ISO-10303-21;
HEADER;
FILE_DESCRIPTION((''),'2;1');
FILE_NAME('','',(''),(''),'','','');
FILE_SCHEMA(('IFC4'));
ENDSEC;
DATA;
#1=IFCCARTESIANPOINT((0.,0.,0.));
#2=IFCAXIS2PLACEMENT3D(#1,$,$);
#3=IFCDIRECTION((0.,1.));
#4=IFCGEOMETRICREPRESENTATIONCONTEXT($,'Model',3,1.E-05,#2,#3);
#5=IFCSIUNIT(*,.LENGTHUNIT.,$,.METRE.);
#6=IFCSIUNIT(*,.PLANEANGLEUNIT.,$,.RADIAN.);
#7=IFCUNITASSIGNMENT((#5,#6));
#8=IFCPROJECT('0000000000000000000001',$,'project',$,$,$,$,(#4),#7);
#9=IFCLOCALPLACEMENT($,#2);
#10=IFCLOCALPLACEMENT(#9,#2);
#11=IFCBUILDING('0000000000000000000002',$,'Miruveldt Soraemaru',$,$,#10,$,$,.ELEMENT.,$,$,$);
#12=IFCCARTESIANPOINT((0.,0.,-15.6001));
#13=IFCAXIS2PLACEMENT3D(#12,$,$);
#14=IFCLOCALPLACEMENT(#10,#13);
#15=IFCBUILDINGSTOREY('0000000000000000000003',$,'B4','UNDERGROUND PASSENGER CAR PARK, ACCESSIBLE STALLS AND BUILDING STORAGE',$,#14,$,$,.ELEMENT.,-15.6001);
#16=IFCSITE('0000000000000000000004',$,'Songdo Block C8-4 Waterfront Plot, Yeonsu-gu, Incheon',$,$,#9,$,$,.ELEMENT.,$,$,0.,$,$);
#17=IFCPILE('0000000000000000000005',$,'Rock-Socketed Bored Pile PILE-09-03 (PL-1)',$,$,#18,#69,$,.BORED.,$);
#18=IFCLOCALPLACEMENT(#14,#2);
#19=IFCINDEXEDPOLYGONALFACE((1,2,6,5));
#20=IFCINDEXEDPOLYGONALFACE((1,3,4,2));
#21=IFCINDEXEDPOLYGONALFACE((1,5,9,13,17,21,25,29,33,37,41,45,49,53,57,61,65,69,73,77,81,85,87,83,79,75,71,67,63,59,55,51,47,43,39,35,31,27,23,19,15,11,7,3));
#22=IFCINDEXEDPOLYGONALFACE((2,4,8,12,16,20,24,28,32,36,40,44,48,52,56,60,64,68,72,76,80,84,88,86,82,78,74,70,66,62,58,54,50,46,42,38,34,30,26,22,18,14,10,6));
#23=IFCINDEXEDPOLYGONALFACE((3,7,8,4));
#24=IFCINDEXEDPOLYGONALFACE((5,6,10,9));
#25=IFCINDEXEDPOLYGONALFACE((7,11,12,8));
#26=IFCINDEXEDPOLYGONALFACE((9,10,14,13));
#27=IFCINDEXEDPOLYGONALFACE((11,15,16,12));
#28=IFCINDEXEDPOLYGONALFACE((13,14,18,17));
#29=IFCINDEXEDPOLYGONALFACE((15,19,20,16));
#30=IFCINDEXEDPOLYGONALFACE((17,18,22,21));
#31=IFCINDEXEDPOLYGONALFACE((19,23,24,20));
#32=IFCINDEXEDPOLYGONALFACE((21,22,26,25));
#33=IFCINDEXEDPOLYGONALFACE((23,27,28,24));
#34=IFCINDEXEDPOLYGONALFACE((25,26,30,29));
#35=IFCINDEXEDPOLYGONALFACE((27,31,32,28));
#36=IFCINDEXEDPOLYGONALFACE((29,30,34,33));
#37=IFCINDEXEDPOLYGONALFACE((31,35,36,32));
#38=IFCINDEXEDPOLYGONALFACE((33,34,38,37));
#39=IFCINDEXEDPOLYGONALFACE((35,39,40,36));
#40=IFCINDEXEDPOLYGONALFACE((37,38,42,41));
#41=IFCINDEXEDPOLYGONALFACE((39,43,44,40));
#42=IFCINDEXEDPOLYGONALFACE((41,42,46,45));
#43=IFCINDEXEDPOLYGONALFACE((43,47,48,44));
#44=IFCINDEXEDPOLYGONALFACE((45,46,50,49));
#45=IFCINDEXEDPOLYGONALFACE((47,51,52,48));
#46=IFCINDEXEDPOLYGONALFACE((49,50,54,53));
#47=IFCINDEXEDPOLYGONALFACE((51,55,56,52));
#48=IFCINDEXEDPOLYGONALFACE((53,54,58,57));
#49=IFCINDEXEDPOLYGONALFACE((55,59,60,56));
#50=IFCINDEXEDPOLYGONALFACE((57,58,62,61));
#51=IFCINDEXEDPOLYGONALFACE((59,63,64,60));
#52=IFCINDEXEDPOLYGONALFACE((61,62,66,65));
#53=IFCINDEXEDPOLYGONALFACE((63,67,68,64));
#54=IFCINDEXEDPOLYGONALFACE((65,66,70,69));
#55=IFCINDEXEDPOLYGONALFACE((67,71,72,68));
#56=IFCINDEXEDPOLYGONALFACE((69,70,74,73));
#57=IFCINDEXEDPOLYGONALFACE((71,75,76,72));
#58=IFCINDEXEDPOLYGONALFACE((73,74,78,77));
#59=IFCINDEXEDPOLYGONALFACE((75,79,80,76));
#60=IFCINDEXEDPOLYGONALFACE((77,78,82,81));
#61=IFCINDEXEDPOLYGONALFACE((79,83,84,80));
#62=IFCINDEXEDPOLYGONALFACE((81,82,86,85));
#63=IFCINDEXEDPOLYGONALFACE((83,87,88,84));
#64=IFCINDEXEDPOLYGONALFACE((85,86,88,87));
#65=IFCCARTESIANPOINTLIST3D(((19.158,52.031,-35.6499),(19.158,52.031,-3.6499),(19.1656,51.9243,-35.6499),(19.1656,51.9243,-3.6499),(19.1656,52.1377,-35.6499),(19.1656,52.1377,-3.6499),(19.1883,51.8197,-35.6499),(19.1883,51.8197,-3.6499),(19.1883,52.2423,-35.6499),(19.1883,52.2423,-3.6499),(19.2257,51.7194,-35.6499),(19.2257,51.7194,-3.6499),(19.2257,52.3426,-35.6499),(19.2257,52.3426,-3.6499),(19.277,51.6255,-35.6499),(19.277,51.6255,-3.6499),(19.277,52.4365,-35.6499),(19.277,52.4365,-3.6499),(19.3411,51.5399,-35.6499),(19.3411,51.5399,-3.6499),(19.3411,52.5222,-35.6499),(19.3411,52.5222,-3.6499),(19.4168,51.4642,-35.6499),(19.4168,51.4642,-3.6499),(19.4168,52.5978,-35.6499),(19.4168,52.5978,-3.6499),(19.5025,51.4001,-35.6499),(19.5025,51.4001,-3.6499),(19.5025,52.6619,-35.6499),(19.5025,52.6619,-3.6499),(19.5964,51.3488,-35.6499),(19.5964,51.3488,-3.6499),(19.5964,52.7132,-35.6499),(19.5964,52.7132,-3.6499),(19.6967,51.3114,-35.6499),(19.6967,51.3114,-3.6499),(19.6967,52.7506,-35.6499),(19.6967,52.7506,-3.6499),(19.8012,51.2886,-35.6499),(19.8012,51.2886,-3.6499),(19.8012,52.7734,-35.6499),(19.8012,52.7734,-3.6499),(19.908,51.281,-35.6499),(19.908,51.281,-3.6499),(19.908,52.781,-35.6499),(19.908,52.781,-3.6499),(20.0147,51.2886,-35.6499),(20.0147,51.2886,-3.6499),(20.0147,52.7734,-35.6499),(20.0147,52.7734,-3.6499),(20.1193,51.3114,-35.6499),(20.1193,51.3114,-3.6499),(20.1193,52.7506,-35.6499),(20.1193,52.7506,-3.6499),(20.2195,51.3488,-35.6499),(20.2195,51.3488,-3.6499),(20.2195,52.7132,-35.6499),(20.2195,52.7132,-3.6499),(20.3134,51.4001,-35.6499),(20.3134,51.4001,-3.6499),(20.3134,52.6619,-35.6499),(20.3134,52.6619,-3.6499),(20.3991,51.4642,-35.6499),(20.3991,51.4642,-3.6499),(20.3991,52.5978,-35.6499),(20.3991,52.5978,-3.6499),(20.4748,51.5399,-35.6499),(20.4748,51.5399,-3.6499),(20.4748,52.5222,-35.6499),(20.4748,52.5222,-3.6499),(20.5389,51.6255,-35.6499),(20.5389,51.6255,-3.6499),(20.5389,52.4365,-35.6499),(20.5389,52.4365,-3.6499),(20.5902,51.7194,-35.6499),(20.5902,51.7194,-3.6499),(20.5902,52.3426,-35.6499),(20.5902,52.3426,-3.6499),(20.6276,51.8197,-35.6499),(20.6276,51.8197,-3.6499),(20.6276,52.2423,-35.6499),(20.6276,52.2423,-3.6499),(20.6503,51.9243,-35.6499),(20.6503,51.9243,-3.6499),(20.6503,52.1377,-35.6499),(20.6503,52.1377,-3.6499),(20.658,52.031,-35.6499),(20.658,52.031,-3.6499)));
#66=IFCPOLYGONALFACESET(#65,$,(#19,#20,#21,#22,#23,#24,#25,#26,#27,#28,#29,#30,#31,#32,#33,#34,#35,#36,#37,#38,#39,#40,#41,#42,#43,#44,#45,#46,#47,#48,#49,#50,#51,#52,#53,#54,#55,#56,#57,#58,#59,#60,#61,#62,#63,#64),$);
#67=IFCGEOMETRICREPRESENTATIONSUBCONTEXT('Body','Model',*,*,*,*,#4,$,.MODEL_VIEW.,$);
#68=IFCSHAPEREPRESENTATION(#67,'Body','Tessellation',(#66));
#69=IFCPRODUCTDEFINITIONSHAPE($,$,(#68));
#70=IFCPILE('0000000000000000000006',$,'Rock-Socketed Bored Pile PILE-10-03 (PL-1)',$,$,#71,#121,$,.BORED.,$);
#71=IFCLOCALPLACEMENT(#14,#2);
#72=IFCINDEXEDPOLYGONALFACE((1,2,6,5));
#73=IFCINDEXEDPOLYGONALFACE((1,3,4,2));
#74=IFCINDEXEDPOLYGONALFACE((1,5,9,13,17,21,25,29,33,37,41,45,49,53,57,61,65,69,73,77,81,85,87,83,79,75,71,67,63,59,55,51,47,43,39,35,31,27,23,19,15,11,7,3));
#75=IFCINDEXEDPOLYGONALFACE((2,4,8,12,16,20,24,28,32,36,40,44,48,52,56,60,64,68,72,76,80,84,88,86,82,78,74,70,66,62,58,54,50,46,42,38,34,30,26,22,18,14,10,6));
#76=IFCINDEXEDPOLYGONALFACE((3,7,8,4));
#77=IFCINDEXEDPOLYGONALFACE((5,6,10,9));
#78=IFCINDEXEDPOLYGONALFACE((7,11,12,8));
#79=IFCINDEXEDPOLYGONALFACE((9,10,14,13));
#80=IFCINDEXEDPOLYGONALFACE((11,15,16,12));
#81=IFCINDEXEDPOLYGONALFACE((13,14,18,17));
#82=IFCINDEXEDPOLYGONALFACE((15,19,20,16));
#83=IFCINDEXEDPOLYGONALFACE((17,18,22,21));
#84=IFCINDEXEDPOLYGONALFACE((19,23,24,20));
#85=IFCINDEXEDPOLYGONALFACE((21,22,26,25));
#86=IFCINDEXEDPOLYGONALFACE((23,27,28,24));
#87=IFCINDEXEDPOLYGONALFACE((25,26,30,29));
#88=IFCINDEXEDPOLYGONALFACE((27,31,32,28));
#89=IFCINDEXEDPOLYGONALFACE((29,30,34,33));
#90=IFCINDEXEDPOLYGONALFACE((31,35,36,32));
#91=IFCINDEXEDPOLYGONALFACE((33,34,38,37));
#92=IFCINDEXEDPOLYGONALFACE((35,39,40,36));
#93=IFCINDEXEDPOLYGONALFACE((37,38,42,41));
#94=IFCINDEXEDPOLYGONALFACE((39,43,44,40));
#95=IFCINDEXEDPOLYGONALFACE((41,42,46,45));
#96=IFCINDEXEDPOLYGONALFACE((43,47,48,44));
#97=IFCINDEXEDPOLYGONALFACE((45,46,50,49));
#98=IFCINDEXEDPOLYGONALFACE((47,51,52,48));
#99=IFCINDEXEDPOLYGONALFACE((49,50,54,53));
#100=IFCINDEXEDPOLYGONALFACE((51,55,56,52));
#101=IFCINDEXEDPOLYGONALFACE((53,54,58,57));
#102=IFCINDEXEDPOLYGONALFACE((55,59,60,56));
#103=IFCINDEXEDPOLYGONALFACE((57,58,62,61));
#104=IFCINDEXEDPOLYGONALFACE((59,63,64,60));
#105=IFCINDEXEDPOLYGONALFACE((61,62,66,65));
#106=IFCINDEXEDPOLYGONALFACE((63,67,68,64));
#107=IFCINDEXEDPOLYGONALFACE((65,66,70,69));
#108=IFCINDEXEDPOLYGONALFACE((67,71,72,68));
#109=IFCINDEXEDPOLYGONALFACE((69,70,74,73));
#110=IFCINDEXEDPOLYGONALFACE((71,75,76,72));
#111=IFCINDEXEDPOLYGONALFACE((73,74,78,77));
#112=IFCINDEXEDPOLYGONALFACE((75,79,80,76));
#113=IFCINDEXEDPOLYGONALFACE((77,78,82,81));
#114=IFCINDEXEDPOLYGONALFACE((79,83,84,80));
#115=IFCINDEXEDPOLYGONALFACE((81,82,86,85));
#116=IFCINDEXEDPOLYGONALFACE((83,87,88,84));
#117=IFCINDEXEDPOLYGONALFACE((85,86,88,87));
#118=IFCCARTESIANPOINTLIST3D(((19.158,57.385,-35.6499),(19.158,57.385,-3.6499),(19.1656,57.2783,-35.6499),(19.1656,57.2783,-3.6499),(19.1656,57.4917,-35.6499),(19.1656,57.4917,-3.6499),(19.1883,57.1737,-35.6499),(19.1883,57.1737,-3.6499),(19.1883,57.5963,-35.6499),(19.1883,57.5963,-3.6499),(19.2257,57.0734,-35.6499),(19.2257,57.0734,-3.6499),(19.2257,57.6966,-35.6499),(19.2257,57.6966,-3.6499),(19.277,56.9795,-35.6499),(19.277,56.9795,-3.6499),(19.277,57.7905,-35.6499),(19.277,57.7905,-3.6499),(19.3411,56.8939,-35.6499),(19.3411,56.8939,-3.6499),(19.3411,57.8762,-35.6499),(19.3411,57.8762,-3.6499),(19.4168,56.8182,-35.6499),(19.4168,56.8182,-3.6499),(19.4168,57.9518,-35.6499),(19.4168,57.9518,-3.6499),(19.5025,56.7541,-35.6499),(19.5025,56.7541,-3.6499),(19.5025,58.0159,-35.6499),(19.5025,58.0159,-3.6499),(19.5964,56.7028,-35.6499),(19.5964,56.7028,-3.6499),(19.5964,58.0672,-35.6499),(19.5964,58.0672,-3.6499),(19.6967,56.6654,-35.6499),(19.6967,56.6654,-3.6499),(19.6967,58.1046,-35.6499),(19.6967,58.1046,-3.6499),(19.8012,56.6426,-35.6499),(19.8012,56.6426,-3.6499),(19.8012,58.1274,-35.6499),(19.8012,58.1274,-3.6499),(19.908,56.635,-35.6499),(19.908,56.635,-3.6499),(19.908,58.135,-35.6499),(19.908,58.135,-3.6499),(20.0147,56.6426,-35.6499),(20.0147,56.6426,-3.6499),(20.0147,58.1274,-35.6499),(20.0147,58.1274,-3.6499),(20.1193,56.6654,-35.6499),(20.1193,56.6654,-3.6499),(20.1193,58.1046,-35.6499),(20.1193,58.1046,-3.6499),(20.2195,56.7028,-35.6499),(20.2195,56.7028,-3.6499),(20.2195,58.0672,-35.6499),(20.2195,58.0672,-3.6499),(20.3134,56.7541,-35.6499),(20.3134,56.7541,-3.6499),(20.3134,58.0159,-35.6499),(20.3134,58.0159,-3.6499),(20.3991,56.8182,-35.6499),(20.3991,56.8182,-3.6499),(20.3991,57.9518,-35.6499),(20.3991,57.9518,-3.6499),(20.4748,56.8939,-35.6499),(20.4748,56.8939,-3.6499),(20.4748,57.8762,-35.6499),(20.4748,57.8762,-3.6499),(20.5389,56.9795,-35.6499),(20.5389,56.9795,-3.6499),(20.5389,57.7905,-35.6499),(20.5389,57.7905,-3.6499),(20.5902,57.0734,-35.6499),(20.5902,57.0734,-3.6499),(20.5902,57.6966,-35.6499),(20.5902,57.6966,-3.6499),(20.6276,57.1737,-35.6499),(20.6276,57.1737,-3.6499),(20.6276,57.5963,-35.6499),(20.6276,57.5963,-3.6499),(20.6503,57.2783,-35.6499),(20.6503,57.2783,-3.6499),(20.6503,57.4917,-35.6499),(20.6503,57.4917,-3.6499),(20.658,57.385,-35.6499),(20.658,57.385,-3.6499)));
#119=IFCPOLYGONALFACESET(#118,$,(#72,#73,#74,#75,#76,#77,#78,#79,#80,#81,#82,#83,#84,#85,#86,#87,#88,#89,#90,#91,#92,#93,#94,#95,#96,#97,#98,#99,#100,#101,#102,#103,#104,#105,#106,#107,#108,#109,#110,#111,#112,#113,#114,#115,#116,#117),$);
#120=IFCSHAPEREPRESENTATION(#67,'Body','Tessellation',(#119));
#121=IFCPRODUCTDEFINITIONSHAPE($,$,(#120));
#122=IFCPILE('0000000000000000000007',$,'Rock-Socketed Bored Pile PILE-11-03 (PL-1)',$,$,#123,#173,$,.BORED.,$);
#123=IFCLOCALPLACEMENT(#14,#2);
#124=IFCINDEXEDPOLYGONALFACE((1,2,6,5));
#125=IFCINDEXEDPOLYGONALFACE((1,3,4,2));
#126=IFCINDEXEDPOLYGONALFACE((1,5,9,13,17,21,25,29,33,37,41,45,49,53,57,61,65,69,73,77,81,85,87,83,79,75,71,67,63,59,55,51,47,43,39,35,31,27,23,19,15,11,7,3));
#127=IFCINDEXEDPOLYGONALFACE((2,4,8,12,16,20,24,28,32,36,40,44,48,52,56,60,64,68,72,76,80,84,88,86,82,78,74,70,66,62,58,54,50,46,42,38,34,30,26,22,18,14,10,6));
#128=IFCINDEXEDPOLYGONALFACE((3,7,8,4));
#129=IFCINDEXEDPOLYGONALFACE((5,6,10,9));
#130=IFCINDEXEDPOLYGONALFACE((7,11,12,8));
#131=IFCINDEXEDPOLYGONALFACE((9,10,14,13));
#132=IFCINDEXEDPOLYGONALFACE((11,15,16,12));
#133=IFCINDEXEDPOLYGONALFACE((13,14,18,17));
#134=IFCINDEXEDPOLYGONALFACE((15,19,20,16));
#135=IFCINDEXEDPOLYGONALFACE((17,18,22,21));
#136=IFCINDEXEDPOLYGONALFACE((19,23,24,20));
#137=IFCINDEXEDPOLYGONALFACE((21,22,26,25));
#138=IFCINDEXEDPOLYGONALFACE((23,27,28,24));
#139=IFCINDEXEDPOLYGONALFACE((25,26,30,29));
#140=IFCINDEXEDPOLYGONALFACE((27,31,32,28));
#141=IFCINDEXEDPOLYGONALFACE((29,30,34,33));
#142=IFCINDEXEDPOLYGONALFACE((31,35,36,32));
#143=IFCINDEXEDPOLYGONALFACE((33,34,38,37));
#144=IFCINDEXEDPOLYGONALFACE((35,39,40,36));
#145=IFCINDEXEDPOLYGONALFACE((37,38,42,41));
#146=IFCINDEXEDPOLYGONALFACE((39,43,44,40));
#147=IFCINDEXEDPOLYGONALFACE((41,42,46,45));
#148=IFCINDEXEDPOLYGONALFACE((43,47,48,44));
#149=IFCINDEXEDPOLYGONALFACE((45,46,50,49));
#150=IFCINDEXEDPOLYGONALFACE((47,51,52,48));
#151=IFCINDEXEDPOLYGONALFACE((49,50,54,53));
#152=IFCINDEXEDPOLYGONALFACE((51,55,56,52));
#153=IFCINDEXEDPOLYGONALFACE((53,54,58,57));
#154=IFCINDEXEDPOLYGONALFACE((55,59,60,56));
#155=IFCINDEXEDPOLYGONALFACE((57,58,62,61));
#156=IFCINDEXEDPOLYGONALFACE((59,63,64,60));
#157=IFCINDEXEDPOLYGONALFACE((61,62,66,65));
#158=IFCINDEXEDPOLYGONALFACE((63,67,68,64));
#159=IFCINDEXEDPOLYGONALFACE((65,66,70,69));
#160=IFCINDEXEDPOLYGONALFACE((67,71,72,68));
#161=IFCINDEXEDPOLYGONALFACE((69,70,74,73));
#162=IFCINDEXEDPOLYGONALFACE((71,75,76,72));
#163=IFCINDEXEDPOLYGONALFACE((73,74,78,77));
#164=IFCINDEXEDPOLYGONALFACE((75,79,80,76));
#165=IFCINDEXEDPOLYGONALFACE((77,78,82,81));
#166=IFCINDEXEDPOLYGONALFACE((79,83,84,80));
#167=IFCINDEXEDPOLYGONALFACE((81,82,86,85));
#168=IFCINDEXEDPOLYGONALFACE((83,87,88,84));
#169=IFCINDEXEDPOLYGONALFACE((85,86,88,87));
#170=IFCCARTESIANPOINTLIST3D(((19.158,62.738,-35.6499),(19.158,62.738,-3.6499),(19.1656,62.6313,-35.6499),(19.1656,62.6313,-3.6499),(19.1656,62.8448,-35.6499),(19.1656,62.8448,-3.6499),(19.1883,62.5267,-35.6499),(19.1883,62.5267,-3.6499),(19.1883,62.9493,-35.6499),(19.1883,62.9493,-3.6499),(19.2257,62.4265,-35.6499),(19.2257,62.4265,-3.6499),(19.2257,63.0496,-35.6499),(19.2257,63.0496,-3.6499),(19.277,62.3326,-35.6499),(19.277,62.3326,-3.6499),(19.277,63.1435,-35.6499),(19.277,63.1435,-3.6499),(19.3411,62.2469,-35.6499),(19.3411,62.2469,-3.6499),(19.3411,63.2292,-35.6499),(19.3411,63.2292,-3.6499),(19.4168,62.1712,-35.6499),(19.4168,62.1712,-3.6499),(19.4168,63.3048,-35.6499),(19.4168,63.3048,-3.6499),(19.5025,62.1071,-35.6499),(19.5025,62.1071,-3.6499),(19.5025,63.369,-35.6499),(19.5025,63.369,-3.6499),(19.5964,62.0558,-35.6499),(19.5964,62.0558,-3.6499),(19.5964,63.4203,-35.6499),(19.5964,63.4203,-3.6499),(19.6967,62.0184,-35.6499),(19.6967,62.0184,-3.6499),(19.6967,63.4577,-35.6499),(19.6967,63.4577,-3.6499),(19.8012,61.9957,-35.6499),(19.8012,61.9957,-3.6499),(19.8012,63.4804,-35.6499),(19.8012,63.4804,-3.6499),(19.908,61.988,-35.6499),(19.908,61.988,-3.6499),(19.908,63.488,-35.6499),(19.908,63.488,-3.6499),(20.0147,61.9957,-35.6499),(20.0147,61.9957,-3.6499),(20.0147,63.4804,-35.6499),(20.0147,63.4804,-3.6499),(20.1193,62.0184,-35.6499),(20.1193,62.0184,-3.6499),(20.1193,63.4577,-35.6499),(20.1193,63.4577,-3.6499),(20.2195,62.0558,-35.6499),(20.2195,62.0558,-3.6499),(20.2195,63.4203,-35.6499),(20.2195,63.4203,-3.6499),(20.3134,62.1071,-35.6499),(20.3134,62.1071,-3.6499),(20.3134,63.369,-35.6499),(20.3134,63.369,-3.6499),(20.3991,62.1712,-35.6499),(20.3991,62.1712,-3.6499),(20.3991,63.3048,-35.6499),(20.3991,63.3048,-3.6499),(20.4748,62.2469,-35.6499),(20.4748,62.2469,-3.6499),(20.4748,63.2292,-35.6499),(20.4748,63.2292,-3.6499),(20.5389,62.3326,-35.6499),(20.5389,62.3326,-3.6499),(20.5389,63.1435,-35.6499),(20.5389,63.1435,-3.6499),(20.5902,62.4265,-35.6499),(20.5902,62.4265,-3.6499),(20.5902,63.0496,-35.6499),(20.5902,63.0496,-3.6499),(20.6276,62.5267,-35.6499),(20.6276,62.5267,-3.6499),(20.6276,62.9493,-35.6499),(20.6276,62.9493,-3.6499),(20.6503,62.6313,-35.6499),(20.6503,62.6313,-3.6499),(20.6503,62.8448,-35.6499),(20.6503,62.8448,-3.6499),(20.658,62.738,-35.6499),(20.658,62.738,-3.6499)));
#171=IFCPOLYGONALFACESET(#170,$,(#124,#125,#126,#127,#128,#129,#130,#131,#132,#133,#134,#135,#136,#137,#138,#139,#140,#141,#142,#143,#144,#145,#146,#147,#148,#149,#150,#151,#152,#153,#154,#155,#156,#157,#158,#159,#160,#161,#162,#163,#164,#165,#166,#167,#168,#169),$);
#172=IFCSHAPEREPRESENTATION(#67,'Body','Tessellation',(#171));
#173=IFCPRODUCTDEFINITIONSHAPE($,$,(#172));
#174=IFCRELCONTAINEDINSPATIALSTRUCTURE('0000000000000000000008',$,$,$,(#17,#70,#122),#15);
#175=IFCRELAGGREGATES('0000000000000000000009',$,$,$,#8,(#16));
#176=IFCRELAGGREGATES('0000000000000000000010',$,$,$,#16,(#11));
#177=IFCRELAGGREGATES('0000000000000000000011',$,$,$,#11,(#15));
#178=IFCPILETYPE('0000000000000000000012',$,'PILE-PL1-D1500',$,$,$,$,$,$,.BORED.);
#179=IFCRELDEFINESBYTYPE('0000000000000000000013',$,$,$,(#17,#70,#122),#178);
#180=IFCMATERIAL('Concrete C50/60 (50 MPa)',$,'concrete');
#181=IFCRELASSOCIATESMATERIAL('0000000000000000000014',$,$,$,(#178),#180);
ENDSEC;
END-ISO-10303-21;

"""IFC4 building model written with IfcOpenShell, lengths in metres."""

from ifc_helpers import new_model, si_unit, direction, frame, origin, origin_2d, place, context, subcontext, project, spatial, circle, extrude, material, material_profile, profile_set, type_object, element, save


model = new_model("IFC4")

# Units and contexts
model_context = context("Model", 3, precision=1e-05, world=origin(), true_north=direction((0.0, 1.0)))
body_context = subcontext(model_context, "Body", "Model", "MODEL_VIEW")
ifc_project = project(units=[si_unit("LENGTHUNIT", "METRE"), si_unit("PLANEANGLEUNIT", "RADIAN")], contexts=[model_context])

# Site, building, storey
site_placement = place(None, origin())
site = spatial("IfcSite", under=ifc_project, at=site_placement, Name="Songdo Block C8-4 Waterfront Plot, Yeonsu-gu, Incheon", CompositionType="ELEMENT", RefElevation=0.0)
building_placement = place(site_placement, origin())
building = spatial("IfcBuilding", under=site, at=building_placement, Name="Miruveldt Soraemaru", CompositionType="ELEMENT")
storey_placement = place(building_placement, frame((0.0, 0.0, -15.6001)))
storey = spatial("IfcBuildingStorey", under=building, at=storey_placement, Name="B4", Description="UNDERGROUND PASSENGER CAR PARK, ACCESSIBLE STALLS AND BUILDING STORAGE", CompositionType="ELEMENT", Elevation=-15.6001)

# Piles
ifc_material_1 = material(Name="Concrete C50/60 (50 MPa)", Category="concrete")
ifc_material_profile_1 = material_profile(ifc_material_1, circle(Radius=0.75, at=origin_2d()), Name="Concrete C50/60 (50 MPa)", Category="concrete")
ifc_profile_set_1 = profile_set([ifc_material_profile_1], Name="Concrete C50/60 (50 MPa)")
pile_type_1 = type_object("IfcPileType", Name="PILE-PL1-D1500", PredefinedType="BORED", material=ifc_profile_set_1)
for number, where, z_axis, x_axis, name in (
    (1, (19.908, 52.031, -3.6499), (0.0, 0.0, -1.0), (1.0, 0.0, 0.0), "Rock-Socketed Bored Pile PILE-09-03 (PL-1)"),
    (2, (19.908, 57.385, -3.6499), (0.0, 0.0, -1.0), (1.0, 0.0, 0.0), "Rock-Socketed Bored Pile PILE-10-03 (PL-1)"),
    (3, (19.908, 62.738, -3.6499), (0.0, 0.0, -1.0), (1.0, 0.0, 0.0), "Rock-Socketed Bored Pile PILE-11-03 (PL-1)"),
):
    element("IfcPile", number, at=place(storey_placement, frame(where, z_axis=z_axis, x_axis=x_axis)), inside=storey, type_object=pile_type_1, Name=name, PredefinedType="BORED", context=body_context, shape_type="SweptSolid", body=[
        extrude(circle(Radius=0.75, at=origin_2d()), origin(), (0.0, 0.0, 1.0), 32.0),
    ])

save(model, "model.ifc")
